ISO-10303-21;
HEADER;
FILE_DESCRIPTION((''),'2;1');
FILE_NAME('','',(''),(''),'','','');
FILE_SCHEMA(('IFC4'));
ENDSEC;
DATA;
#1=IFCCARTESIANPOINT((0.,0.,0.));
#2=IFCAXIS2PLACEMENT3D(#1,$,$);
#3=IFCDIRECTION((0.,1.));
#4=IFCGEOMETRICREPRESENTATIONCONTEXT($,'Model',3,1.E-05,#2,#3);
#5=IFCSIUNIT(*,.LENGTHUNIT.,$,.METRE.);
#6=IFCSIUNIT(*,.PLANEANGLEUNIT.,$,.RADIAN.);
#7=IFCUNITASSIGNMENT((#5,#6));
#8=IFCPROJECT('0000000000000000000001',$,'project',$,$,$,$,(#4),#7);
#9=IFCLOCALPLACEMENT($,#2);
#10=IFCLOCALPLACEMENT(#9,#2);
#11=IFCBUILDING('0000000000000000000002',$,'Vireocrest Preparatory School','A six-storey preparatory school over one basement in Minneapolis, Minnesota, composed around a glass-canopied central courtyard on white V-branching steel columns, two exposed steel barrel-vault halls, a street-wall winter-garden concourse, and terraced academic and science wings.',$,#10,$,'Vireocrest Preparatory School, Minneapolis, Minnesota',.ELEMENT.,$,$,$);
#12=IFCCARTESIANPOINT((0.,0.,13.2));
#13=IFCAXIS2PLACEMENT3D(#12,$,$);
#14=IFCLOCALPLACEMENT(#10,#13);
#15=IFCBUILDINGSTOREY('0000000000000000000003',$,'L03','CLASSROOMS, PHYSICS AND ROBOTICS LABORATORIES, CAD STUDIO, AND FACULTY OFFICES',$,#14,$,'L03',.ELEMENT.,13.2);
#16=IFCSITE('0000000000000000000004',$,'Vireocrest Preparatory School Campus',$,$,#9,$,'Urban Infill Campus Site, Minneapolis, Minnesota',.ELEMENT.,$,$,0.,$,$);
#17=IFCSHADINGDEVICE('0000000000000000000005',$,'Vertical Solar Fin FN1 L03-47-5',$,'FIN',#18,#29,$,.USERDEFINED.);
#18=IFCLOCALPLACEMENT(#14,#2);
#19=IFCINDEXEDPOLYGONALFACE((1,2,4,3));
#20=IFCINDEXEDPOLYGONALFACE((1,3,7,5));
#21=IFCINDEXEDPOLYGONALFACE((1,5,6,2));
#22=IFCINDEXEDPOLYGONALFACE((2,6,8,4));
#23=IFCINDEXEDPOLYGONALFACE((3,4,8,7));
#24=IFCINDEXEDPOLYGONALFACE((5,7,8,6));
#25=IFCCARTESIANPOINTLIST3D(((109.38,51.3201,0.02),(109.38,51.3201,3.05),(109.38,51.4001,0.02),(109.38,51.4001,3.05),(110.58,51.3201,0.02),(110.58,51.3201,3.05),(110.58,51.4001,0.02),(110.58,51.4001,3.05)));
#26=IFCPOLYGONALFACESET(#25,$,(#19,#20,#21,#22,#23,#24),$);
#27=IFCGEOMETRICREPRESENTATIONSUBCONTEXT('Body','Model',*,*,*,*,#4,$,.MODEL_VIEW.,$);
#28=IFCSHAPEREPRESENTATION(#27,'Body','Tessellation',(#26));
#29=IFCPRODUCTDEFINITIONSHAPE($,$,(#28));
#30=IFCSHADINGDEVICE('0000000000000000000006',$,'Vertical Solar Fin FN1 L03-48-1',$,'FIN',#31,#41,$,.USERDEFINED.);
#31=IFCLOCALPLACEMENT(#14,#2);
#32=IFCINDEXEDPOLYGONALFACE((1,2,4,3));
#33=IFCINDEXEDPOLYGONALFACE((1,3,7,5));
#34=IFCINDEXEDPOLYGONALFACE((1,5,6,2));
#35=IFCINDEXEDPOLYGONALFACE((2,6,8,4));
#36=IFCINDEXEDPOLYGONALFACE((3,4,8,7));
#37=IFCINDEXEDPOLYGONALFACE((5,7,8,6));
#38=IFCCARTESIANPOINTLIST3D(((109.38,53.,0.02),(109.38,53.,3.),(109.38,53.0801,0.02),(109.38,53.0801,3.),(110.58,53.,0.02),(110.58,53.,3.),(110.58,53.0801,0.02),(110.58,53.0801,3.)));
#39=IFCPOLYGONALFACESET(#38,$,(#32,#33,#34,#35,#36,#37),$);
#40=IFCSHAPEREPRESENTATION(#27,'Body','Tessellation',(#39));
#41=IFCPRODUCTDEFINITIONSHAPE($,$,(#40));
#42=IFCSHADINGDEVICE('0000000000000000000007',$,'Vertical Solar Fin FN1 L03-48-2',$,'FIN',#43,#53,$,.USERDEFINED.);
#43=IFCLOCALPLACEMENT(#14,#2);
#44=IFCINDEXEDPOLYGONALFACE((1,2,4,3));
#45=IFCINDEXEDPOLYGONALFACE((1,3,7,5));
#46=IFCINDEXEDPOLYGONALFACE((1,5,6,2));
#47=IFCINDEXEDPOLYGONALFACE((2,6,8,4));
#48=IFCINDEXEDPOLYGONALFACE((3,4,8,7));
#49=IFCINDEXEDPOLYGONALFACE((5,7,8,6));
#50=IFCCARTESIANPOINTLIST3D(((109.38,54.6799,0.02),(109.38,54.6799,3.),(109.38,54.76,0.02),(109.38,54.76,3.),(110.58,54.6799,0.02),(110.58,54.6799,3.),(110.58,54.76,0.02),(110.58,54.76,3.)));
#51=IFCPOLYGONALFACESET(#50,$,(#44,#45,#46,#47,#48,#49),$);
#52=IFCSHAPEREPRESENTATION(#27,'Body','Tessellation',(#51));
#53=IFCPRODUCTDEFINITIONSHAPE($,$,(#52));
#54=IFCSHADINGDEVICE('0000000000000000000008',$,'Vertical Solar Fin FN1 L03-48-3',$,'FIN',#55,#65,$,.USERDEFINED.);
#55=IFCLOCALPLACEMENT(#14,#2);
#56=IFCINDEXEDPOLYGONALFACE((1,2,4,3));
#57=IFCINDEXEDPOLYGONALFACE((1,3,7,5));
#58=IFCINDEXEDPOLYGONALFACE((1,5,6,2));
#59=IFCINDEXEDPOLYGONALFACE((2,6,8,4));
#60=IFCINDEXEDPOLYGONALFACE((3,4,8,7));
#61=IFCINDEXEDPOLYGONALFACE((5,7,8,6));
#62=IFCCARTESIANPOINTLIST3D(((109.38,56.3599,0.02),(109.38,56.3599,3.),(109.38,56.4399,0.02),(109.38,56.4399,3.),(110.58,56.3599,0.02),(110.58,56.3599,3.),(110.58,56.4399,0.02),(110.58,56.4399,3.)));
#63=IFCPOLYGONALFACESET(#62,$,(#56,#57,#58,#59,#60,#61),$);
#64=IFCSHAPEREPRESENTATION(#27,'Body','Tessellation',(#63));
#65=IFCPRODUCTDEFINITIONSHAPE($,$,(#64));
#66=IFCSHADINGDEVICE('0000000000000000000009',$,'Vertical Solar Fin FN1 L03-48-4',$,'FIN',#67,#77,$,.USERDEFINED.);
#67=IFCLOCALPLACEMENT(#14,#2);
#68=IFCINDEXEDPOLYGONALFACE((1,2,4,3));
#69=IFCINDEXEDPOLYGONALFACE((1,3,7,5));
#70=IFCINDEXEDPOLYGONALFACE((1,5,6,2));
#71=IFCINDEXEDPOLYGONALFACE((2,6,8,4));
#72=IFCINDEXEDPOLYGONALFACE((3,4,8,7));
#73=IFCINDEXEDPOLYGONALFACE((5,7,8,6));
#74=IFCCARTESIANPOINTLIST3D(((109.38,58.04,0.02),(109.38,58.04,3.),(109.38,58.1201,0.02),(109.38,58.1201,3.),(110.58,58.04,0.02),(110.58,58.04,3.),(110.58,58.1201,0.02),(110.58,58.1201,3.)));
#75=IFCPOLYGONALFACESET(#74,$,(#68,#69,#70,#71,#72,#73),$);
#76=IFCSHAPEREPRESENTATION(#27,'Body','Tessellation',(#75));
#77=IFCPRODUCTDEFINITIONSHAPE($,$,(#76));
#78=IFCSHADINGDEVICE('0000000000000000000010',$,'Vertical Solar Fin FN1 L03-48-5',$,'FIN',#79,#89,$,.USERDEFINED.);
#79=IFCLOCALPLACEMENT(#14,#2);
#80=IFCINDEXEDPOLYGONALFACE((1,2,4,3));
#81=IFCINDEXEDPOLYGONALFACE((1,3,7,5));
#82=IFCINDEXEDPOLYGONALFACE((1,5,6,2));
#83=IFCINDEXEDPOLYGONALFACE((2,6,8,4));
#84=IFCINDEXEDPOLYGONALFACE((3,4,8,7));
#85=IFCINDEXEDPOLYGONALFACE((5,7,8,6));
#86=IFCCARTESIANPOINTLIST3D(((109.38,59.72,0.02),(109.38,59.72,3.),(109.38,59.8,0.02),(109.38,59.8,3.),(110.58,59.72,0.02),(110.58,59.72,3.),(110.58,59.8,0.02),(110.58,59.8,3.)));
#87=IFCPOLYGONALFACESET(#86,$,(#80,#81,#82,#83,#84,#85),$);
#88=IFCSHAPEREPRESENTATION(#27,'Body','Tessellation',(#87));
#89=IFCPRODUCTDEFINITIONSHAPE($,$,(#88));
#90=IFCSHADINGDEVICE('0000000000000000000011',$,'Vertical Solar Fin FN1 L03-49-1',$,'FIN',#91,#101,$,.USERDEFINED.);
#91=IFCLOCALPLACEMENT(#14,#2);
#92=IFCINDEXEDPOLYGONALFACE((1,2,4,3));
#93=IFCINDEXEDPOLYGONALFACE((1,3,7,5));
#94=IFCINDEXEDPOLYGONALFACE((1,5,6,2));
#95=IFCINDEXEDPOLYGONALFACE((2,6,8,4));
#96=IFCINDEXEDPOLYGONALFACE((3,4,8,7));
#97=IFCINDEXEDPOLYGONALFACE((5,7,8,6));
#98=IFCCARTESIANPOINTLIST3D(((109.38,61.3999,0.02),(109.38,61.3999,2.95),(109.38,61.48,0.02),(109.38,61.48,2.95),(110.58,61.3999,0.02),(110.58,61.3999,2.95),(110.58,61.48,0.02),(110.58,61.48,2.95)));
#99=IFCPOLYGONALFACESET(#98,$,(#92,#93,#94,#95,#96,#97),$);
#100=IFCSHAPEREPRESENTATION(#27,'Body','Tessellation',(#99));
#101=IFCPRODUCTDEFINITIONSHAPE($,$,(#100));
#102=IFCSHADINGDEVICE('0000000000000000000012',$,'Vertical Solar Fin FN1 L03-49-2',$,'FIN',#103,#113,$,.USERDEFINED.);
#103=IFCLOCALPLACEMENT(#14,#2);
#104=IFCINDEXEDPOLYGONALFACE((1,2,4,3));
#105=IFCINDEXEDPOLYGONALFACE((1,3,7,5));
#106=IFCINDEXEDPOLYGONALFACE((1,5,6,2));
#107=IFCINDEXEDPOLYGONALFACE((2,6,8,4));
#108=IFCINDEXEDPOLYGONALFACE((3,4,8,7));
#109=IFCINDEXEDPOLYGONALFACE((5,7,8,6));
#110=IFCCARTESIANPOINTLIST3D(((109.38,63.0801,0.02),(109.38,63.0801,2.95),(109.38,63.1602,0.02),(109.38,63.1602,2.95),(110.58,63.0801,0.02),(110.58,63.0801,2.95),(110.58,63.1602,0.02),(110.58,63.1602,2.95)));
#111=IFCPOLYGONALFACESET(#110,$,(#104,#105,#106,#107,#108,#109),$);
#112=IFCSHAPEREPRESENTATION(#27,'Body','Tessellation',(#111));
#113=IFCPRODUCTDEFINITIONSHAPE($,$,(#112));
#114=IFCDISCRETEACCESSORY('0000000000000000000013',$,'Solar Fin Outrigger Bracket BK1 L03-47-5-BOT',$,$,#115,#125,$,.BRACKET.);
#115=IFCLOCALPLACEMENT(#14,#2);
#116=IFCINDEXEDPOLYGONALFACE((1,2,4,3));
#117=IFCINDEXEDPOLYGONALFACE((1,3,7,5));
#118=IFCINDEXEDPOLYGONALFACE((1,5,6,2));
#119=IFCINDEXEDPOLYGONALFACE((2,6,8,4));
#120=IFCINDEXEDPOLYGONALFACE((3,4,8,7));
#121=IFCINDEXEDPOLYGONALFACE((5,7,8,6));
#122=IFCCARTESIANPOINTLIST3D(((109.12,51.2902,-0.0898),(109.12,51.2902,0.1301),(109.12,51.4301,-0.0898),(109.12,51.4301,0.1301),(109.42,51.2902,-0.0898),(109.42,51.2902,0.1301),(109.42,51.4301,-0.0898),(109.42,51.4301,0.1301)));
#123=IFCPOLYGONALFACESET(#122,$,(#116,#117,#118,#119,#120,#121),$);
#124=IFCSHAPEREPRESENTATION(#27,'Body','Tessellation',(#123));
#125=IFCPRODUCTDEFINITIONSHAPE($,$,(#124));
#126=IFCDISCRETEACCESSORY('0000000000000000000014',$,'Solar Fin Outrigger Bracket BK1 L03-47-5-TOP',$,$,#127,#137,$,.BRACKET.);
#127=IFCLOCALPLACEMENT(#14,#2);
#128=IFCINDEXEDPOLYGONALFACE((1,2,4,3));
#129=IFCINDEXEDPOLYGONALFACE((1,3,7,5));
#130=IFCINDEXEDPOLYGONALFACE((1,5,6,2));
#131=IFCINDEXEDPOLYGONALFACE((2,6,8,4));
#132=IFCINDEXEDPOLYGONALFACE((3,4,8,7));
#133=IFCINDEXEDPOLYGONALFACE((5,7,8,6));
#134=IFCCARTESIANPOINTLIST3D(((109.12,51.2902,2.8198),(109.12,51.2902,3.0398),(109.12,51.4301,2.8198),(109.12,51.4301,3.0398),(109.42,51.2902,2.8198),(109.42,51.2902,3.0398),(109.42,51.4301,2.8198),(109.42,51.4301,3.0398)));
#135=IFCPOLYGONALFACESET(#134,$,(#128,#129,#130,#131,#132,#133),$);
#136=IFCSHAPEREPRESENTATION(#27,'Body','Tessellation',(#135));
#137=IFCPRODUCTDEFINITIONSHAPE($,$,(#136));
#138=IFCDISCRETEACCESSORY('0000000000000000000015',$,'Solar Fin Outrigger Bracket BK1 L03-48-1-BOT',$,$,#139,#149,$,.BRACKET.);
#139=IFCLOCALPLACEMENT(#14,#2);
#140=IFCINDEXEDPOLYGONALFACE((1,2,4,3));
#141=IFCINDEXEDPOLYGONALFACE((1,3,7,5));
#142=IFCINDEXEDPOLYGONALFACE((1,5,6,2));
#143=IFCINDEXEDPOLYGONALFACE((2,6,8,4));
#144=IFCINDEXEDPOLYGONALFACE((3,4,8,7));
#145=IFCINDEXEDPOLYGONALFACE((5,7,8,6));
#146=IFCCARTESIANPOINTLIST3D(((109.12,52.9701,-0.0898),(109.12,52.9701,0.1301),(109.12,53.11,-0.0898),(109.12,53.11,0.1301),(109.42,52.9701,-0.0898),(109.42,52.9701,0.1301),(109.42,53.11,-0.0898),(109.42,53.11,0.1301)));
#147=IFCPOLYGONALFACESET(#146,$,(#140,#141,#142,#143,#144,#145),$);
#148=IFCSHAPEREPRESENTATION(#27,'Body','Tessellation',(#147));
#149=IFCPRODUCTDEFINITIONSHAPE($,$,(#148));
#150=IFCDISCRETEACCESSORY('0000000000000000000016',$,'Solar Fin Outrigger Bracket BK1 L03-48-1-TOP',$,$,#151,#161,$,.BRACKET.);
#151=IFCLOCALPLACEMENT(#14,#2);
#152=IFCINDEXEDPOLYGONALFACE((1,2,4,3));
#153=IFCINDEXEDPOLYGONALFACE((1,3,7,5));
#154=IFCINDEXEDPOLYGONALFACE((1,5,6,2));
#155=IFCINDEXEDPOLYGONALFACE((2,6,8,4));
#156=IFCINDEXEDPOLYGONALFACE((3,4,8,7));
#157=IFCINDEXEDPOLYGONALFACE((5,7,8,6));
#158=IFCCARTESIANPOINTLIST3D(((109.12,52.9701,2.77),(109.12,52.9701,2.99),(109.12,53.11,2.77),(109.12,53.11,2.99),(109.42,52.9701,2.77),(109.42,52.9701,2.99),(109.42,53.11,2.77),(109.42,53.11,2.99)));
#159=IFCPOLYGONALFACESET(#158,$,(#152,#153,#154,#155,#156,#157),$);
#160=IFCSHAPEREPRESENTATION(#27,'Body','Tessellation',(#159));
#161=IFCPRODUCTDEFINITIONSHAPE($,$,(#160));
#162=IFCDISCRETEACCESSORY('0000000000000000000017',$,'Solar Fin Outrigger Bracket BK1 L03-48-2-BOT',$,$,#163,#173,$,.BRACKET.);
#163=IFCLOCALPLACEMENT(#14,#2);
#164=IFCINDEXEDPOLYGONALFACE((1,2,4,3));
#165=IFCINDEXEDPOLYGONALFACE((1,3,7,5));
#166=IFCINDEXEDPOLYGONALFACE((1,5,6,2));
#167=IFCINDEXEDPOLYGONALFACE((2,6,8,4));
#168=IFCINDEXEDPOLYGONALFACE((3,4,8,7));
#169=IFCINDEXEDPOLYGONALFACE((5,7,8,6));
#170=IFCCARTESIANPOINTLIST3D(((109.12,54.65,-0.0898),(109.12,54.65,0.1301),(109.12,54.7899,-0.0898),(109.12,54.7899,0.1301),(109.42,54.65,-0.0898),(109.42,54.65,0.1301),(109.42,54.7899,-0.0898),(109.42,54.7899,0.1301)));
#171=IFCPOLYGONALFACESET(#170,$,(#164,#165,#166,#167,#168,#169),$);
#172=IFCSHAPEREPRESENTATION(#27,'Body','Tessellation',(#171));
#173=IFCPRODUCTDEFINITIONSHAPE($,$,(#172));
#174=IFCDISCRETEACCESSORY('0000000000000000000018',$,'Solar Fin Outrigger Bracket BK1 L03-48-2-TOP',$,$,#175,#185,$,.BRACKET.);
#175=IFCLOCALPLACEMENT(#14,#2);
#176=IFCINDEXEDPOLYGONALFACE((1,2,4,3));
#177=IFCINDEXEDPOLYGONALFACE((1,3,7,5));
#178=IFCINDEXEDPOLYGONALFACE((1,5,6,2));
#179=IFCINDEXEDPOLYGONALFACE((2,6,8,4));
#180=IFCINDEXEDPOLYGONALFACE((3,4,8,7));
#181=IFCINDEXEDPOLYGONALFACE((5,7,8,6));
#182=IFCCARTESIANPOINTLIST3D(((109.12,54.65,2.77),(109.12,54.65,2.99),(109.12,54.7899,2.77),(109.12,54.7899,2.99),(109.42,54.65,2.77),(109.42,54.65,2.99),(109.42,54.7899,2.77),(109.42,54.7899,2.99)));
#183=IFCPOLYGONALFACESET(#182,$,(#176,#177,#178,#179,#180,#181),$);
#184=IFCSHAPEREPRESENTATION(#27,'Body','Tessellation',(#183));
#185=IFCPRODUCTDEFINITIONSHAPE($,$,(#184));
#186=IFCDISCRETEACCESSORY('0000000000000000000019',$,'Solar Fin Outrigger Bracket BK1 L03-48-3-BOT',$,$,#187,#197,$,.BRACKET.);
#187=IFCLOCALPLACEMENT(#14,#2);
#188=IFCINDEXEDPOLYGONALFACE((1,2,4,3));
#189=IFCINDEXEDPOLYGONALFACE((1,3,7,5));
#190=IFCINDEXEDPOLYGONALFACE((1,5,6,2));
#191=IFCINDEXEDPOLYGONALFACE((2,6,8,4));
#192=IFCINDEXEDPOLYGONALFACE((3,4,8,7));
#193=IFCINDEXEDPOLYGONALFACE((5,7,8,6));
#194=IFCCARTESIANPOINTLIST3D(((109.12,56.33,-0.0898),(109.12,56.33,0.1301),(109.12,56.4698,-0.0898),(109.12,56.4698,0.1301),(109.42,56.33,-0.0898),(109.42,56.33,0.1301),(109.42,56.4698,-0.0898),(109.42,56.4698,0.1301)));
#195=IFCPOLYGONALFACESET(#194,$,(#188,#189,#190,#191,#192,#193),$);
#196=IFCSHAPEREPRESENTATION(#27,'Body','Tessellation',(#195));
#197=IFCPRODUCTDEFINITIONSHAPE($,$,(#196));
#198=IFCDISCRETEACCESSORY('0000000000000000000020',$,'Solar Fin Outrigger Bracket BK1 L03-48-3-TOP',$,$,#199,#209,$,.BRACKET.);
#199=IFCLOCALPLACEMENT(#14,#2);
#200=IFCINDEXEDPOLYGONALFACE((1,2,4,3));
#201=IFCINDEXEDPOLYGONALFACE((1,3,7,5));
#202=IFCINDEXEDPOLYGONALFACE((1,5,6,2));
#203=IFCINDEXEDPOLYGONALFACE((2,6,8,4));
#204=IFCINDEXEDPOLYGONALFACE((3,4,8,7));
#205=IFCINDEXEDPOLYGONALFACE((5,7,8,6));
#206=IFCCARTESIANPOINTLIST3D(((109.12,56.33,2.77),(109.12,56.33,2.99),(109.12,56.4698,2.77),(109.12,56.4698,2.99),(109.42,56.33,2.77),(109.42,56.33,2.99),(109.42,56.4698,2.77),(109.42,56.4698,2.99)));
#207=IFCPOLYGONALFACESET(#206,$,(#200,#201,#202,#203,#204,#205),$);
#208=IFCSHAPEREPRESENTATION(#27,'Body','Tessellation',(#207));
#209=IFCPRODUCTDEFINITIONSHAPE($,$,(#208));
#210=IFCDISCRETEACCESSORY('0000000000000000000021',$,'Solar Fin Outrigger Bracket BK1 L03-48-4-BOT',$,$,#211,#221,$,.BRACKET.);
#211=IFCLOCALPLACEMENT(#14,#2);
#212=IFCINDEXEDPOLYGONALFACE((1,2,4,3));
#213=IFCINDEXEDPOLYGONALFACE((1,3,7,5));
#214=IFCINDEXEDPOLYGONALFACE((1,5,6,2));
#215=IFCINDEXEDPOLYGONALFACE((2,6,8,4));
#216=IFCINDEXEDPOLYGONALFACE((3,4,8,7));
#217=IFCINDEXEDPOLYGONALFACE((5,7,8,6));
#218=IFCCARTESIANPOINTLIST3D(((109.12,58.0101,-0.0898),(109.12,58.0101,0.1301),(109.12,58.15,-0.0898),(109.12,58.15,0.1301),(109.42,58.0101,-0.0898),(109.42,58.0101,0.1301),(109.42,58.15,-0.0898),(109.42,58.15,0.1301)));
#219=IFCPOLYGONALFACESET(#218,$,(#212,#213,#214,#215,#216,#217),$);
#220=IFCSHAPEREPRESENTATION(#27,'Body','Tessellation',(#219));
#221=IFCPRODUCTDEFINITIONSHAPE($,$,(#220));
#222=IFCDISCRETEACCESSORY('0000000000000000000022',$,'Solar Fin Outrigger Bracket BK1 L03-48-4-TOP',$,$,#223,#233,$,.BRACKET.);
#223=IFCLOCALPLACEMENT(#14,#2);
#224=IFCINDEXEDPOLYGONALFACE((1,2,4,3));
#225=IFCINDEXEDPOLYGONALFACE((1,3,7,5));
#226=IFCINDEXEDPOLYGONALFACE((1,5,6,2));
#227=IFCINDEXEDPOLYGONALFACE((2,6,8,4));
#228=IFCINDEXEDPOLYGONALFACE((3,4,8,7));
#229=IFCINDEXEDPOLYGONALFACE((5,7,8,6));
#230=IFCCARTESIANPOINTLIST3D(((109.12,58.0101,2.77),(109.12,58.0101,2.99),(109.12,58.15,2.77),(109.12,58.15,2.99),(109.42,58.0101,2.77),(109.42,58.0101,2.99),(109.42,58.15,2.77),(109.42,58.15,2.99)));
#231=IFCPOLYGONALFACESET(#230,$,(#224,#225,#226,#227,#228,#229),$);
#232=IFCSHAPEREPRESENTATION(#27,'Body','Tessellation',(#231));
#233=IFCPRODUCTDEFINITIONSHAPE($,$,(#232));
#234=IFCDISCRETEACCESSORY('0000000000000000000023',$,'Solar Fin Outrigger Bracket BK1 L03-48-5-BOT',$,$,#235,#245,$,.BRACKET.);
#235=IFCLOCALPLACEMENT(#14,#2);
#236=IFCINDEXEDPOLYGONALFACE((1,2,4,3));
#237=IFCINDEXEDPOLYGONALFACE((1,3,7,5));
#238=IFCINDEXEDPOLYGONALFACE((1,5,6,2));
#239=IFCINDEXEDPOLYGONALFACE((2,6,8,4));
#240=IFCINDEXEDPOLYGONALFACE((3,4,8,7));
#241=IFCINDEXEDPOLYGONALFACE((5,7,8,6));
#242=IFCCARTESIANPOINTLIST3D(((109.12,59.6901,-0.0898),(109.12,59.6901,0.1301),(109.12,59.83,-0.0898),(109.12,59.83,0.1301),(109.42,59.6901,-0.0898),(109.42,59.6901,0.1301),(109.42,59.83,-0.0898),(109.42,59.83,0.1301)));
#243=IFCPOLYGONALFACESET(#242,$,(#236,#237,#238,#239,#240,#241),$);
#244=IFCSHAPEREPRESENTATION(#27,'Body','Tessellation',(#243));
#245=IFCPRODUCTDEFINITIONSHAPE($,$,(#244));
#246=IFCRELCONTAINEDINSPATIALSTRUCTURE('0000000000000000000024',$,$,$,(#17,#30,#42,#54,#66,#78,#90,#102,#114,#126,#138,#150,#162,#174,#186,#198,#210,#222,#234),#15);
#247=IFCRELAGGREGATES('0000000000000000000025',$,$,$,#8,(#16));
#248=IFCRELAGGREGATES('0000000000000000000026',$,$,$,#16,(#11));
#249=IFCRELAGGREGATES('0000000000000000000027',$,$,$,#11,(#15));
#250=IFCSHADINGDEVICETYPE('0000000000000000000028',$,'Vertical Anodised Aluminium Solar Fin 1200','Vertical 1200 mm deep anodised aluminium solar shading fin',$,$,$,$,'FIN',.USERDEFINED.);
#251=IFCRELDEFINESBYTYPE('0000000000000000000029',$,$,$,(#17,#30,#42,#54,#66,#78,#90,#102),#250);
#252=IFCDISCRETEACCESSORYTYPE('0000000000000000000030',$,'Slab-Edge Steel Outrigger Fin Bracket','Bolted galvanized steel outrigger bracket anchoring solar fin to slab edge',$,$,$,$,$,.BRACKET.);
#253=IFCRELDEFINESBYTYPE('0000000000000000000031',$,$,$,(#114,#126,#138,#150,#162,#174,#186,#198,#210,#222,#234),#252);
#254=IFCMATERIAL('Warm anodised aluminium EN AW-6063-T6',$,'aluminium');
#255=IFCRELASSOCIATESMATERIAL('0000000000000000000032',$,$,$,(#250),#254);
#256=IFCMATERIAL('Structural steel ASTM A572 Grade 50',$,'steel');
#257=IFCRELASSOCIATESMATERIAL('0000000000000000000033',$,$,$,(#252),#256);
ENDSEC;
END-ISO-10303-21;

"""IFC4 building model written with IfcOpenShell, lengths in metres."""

from ifc_helpers import new_model, si_unit, direction, frame, origin, origin_2d, place, context, subcontext, project, spatial, rectangle, extrude, material, material_profile, profile_set, type_object, element, save


model = new_model("IFC4")

# Units and contexts
model_context = context("Model", 3, precision=1e-05, world=origin(), true_north=direction((0.0, 1.0)))
body_context = subcontext(model_context, "Body", "Model", "MODEL_VIEW")
ifc_project = project(units=[si_unit("LENGTHUNIT", "METRE"), si_unit("PLANEANGLEUNIT", "RADIAN")], contexts=[model_context])

# Site, building, storey
site_placement = place(None, origin())
site = spatial("IfcSite", under=ifc_project, at=site_placement, Name="Vireocrest Preparatory School Campus", LongName="Urban Infill Campus Site, Minneapolis, Minnesota", CompositionType="ELEMENT", RefElevation=0.0)
building_placement = place(site_placement, origin())
building = spatial("IfcBuilding", under=site, at=building_placement, Name="Vireocrest Preparatory School", Description="A six-storey preparatory school over one basement in Minneapolis, Minnesota, composed around a glass-canopied central courtyard on white V-branching steel columns, two exposed steel barrel-vault halls, a street-wall winter-garden concourse, and terraced academic and science wings.", LongName="Vireocrest Preparatory School, Minneapolis, Minnesota", CompositionType="ELEMENT")
storey_placement = place(building_placement, frame((0.0, 0.0, 13.2)))
storey = spatial("IfcBuildingStorey", under=building, at=storey_placement, Name="L03", Description="CLASSROOMS, PHYSICS AND ROBOTICS LABORATORIES, CAD STUDIO, AND FACULTY OFFICES", LongName="L03", CompositionType="ELEMENT", Elevation=13.2)

# Shading devices
ifc_material_1 = material(Name="Warm anodised aluminium EN AW-6063-T6", Category="aluminium")
ifc_material_profile = material_profile(ifc_material_1, rectangle(XDim=0.0801, YDim=1.2, at=origin_2d()), Name="FIN 80x1200")
ifc_profile_set = profile_set([ifc_material_profile], Name="Warm anodised aluminium EN AW-6063-T6")
shading_device_type = type_object("IfcShadingDeviceType", Name="Vertical Anodised Aluminium Solar Fin 1200", Description="Vertical 1200 mm deep anodised aluminium solar shading fin", ElementType="FIN", PredefinedType="USERDEFINED", material=ifc_profile_set)
shading_device_placement = place(storey_placement, frame((109.98, 51.3601, 0.02), z_axis=(0.0, 0.0, 1.0), x_axis=(0.0, -1.0, 0.0)))
element("IfcShadingDevice", 1, at=shading_device_placement, inside=storey, type_object=shading_device_type, Name="Vertical Solar Fin FN1 L03-47-5", ObjectType="FIN", PredefinedType="USERDEFINED", context=body_context, shape_type="SweptSolid", body=[
    extrude(rectangle(XDim=0.0801, YDim=1.2, at=origin_2d()), origin(), (0.0, 0.0, 1.0), 3.03),
])
for number, where, z_axis, x_axis, name in (
    (2, (109.98, 53.04, 0.02), (0.0, 0.0, 1.0), (0.0, -1.0, 0.0), "Vertical Solar Fin FN1 L03-48-1"),
    (3, (109.98, 54.72, 0.02), (0.0, 0.0, 1.0), (0.0, -1.0, 0.0), "Vertical Solar Fin FN1 L03-48-2"),
    (4, (109.98, 56.3999, 0.02), (0.0, 0.0, 1.0), (0.0, -1.0, 0.0), "Vertical Solar Fin FN1 L03-48-3"),
    (5, (109.98, 58.0801, 0.02), (0.0, 0.0, 1.0), (0.0, -1.0, 0.0), "Vertical Solar Fin FN1 L03-48-4"),
    (6, (109.98, 59.76, 0.02), (0.0, 0.0, 1.0), (0.0, -1.0, 0.0), "Vertical Solar Fin FN1 L03-48-5"),
):
    element("IfcShadingDevice", number, at=place(storey_placement, frame(where, z_axis=z_axis, x_axis=x_axis)), inside=storey, type_object=shading_device_type, Name=name, ObjectType="FIN", PredefinedType="USERDEFINED", context=body_context, shape_type="SweptSolid", body=[
        extrude(rectangle(XDim=0.0801, YDim=1.2, at=origin_2d()), origin(), (0.0, 0.0, 1.0), 2.98),
    ])
for number, where, z_axis, x_axis, name in (
    (7, (109.98, 61.4399, 0.02), (0.0, 0.0, 1.0), (0.0, -1.0, 0.0), "Vertical Solar Fin FN1 L03-49-1"),
    (8, (109.98, 63.1201, 0.02), (0.0, 0.0, 1.0), (0.0, -1.0, 0.0), "Vertical Solar Fin FN1 L03-49-2"),
):
    element("IfcShadingDevice", number, at=place(storey_placement, frame(where, z_axis=z_axis, x_axis=x_axis)), inside=storey, type_object=shading_device_type, Name=name, ObjectType="FIN", PredefinedType="USERDEFINED", context=body_context, shape_type="SweptSolid", body=[
        extrude(rectangle(XDim=0.0801, YDim=1.2, at=origin_2d()), origin(), (0.0, 0.0, 1.0), 2.9299),
    ])

# Discrete accessories
ifc_material_2 = material(Name="Structural steel ASTM A572 Grade 50", Category="steel")
discrete_accessory_type = type_object("IfcDiscreteAccessoryType", Name="Slab-Edge Steel Outrigger Fin Bracket", Description="Bolted galvanized steel outrigger bracket anchoring solar fin to slab edge", PredefinedType="BRACKET", material=ifc_material_2)
for number, where, z_axis, x_axis, name in (
    (9, (109.27, 51.3601, -0.0898), (0.0, 0.0, 1.0), (0.0, -1.0, 0.0), "Solar Fin Outrigger Bracket BK1 L03-47-5-BOT"),
    (10, (109.27, 51.3601, 2.8198), (0.0, 0.0, 1.0), (0.0, -1.0, 0.0), "Solar Fin Outrigger Bracket BK1 L03-47-5-TOP"),
    (11, (109.27, 53.04, -0.0898), (0.0, 0.0, 1.0), (0.0, -1.0, 0.0), "Solar Fin Outrigger Bracket BK1 L03-48-1-BOT"),
    (12, (109.27, 53.04, 2.77), (0.0, 0.0, 1.0), (0.0, -1.0, 0.0), "Solar Fin Outrigger Bracket BK1 L03-48-1-TOP"),
    (13, (109.27, 54.72, -0.0898), (0.0, 0.0, 1.0), (0.0, -1.0, 0.0), "Solar Fin Outrigger Bracket BK1 L03-48-2-BOT"),
    (14, (109.27, 54.72, 2.77), (0.0, 0.0, 1.0), (0.0, -1.0, 0.0), "Solar Fin Outrigger Bracket BK1 L03-48-2-TOP"),
    (15, (109.27, 56.3999, -0.0898), (0.0, 0.0, 1.0), (0.0, -1.0, 0.0), "Solar Fin Outrigger Bracket BK1 L03-48-3-BOT"),
    (16, (109.27, 56.3999, 2.77), (0.0, 0.0, 1.0), (0.0, -1.0, 0.0), "Solar Fin Outrigger Bracket BK1 L03-48-3-TOP"),
    (17, (109.27, 58.0801, -0.0898), (0.0, 0.0, 1.0), (0.0, -1.0, 0.0), "Solar Fin Outrigger Bracket BK1 L03-48-4-BOT"),
    (18, (109.27, 58.0801, 2.77), (0.0, 0.0, 1.0), (0.0, -1.0, 0.0), "Solar Fin Outrigger Bracket BK1 L03-48-4-TOP"),
    (19, (109.27, 59.76, -0.0898), (0.0, 0.0, 1.0), (0.0, -1.0, 0.0), "Solar Fin Outrigger Bracket BK1 L03-48-5-BOT"),
):
    element("IfcDiscreteAccessory", number, at=place(storey_placement, frame(where, z_axis=z_axis, x_axis=x_axis)), inside=storey, type_object=discrete_accessory_type, Name=name, PredefinedType="BRACKET", context=body_context, shape_type="SweptSolid", body=[
        extrude(rectangle(XDim=0.1399, YDim=0.3, at=origin_2d()), origin(), (0.0, 0.0, 1.0), 0.22),
    ])

save(model, "model.ifc")
